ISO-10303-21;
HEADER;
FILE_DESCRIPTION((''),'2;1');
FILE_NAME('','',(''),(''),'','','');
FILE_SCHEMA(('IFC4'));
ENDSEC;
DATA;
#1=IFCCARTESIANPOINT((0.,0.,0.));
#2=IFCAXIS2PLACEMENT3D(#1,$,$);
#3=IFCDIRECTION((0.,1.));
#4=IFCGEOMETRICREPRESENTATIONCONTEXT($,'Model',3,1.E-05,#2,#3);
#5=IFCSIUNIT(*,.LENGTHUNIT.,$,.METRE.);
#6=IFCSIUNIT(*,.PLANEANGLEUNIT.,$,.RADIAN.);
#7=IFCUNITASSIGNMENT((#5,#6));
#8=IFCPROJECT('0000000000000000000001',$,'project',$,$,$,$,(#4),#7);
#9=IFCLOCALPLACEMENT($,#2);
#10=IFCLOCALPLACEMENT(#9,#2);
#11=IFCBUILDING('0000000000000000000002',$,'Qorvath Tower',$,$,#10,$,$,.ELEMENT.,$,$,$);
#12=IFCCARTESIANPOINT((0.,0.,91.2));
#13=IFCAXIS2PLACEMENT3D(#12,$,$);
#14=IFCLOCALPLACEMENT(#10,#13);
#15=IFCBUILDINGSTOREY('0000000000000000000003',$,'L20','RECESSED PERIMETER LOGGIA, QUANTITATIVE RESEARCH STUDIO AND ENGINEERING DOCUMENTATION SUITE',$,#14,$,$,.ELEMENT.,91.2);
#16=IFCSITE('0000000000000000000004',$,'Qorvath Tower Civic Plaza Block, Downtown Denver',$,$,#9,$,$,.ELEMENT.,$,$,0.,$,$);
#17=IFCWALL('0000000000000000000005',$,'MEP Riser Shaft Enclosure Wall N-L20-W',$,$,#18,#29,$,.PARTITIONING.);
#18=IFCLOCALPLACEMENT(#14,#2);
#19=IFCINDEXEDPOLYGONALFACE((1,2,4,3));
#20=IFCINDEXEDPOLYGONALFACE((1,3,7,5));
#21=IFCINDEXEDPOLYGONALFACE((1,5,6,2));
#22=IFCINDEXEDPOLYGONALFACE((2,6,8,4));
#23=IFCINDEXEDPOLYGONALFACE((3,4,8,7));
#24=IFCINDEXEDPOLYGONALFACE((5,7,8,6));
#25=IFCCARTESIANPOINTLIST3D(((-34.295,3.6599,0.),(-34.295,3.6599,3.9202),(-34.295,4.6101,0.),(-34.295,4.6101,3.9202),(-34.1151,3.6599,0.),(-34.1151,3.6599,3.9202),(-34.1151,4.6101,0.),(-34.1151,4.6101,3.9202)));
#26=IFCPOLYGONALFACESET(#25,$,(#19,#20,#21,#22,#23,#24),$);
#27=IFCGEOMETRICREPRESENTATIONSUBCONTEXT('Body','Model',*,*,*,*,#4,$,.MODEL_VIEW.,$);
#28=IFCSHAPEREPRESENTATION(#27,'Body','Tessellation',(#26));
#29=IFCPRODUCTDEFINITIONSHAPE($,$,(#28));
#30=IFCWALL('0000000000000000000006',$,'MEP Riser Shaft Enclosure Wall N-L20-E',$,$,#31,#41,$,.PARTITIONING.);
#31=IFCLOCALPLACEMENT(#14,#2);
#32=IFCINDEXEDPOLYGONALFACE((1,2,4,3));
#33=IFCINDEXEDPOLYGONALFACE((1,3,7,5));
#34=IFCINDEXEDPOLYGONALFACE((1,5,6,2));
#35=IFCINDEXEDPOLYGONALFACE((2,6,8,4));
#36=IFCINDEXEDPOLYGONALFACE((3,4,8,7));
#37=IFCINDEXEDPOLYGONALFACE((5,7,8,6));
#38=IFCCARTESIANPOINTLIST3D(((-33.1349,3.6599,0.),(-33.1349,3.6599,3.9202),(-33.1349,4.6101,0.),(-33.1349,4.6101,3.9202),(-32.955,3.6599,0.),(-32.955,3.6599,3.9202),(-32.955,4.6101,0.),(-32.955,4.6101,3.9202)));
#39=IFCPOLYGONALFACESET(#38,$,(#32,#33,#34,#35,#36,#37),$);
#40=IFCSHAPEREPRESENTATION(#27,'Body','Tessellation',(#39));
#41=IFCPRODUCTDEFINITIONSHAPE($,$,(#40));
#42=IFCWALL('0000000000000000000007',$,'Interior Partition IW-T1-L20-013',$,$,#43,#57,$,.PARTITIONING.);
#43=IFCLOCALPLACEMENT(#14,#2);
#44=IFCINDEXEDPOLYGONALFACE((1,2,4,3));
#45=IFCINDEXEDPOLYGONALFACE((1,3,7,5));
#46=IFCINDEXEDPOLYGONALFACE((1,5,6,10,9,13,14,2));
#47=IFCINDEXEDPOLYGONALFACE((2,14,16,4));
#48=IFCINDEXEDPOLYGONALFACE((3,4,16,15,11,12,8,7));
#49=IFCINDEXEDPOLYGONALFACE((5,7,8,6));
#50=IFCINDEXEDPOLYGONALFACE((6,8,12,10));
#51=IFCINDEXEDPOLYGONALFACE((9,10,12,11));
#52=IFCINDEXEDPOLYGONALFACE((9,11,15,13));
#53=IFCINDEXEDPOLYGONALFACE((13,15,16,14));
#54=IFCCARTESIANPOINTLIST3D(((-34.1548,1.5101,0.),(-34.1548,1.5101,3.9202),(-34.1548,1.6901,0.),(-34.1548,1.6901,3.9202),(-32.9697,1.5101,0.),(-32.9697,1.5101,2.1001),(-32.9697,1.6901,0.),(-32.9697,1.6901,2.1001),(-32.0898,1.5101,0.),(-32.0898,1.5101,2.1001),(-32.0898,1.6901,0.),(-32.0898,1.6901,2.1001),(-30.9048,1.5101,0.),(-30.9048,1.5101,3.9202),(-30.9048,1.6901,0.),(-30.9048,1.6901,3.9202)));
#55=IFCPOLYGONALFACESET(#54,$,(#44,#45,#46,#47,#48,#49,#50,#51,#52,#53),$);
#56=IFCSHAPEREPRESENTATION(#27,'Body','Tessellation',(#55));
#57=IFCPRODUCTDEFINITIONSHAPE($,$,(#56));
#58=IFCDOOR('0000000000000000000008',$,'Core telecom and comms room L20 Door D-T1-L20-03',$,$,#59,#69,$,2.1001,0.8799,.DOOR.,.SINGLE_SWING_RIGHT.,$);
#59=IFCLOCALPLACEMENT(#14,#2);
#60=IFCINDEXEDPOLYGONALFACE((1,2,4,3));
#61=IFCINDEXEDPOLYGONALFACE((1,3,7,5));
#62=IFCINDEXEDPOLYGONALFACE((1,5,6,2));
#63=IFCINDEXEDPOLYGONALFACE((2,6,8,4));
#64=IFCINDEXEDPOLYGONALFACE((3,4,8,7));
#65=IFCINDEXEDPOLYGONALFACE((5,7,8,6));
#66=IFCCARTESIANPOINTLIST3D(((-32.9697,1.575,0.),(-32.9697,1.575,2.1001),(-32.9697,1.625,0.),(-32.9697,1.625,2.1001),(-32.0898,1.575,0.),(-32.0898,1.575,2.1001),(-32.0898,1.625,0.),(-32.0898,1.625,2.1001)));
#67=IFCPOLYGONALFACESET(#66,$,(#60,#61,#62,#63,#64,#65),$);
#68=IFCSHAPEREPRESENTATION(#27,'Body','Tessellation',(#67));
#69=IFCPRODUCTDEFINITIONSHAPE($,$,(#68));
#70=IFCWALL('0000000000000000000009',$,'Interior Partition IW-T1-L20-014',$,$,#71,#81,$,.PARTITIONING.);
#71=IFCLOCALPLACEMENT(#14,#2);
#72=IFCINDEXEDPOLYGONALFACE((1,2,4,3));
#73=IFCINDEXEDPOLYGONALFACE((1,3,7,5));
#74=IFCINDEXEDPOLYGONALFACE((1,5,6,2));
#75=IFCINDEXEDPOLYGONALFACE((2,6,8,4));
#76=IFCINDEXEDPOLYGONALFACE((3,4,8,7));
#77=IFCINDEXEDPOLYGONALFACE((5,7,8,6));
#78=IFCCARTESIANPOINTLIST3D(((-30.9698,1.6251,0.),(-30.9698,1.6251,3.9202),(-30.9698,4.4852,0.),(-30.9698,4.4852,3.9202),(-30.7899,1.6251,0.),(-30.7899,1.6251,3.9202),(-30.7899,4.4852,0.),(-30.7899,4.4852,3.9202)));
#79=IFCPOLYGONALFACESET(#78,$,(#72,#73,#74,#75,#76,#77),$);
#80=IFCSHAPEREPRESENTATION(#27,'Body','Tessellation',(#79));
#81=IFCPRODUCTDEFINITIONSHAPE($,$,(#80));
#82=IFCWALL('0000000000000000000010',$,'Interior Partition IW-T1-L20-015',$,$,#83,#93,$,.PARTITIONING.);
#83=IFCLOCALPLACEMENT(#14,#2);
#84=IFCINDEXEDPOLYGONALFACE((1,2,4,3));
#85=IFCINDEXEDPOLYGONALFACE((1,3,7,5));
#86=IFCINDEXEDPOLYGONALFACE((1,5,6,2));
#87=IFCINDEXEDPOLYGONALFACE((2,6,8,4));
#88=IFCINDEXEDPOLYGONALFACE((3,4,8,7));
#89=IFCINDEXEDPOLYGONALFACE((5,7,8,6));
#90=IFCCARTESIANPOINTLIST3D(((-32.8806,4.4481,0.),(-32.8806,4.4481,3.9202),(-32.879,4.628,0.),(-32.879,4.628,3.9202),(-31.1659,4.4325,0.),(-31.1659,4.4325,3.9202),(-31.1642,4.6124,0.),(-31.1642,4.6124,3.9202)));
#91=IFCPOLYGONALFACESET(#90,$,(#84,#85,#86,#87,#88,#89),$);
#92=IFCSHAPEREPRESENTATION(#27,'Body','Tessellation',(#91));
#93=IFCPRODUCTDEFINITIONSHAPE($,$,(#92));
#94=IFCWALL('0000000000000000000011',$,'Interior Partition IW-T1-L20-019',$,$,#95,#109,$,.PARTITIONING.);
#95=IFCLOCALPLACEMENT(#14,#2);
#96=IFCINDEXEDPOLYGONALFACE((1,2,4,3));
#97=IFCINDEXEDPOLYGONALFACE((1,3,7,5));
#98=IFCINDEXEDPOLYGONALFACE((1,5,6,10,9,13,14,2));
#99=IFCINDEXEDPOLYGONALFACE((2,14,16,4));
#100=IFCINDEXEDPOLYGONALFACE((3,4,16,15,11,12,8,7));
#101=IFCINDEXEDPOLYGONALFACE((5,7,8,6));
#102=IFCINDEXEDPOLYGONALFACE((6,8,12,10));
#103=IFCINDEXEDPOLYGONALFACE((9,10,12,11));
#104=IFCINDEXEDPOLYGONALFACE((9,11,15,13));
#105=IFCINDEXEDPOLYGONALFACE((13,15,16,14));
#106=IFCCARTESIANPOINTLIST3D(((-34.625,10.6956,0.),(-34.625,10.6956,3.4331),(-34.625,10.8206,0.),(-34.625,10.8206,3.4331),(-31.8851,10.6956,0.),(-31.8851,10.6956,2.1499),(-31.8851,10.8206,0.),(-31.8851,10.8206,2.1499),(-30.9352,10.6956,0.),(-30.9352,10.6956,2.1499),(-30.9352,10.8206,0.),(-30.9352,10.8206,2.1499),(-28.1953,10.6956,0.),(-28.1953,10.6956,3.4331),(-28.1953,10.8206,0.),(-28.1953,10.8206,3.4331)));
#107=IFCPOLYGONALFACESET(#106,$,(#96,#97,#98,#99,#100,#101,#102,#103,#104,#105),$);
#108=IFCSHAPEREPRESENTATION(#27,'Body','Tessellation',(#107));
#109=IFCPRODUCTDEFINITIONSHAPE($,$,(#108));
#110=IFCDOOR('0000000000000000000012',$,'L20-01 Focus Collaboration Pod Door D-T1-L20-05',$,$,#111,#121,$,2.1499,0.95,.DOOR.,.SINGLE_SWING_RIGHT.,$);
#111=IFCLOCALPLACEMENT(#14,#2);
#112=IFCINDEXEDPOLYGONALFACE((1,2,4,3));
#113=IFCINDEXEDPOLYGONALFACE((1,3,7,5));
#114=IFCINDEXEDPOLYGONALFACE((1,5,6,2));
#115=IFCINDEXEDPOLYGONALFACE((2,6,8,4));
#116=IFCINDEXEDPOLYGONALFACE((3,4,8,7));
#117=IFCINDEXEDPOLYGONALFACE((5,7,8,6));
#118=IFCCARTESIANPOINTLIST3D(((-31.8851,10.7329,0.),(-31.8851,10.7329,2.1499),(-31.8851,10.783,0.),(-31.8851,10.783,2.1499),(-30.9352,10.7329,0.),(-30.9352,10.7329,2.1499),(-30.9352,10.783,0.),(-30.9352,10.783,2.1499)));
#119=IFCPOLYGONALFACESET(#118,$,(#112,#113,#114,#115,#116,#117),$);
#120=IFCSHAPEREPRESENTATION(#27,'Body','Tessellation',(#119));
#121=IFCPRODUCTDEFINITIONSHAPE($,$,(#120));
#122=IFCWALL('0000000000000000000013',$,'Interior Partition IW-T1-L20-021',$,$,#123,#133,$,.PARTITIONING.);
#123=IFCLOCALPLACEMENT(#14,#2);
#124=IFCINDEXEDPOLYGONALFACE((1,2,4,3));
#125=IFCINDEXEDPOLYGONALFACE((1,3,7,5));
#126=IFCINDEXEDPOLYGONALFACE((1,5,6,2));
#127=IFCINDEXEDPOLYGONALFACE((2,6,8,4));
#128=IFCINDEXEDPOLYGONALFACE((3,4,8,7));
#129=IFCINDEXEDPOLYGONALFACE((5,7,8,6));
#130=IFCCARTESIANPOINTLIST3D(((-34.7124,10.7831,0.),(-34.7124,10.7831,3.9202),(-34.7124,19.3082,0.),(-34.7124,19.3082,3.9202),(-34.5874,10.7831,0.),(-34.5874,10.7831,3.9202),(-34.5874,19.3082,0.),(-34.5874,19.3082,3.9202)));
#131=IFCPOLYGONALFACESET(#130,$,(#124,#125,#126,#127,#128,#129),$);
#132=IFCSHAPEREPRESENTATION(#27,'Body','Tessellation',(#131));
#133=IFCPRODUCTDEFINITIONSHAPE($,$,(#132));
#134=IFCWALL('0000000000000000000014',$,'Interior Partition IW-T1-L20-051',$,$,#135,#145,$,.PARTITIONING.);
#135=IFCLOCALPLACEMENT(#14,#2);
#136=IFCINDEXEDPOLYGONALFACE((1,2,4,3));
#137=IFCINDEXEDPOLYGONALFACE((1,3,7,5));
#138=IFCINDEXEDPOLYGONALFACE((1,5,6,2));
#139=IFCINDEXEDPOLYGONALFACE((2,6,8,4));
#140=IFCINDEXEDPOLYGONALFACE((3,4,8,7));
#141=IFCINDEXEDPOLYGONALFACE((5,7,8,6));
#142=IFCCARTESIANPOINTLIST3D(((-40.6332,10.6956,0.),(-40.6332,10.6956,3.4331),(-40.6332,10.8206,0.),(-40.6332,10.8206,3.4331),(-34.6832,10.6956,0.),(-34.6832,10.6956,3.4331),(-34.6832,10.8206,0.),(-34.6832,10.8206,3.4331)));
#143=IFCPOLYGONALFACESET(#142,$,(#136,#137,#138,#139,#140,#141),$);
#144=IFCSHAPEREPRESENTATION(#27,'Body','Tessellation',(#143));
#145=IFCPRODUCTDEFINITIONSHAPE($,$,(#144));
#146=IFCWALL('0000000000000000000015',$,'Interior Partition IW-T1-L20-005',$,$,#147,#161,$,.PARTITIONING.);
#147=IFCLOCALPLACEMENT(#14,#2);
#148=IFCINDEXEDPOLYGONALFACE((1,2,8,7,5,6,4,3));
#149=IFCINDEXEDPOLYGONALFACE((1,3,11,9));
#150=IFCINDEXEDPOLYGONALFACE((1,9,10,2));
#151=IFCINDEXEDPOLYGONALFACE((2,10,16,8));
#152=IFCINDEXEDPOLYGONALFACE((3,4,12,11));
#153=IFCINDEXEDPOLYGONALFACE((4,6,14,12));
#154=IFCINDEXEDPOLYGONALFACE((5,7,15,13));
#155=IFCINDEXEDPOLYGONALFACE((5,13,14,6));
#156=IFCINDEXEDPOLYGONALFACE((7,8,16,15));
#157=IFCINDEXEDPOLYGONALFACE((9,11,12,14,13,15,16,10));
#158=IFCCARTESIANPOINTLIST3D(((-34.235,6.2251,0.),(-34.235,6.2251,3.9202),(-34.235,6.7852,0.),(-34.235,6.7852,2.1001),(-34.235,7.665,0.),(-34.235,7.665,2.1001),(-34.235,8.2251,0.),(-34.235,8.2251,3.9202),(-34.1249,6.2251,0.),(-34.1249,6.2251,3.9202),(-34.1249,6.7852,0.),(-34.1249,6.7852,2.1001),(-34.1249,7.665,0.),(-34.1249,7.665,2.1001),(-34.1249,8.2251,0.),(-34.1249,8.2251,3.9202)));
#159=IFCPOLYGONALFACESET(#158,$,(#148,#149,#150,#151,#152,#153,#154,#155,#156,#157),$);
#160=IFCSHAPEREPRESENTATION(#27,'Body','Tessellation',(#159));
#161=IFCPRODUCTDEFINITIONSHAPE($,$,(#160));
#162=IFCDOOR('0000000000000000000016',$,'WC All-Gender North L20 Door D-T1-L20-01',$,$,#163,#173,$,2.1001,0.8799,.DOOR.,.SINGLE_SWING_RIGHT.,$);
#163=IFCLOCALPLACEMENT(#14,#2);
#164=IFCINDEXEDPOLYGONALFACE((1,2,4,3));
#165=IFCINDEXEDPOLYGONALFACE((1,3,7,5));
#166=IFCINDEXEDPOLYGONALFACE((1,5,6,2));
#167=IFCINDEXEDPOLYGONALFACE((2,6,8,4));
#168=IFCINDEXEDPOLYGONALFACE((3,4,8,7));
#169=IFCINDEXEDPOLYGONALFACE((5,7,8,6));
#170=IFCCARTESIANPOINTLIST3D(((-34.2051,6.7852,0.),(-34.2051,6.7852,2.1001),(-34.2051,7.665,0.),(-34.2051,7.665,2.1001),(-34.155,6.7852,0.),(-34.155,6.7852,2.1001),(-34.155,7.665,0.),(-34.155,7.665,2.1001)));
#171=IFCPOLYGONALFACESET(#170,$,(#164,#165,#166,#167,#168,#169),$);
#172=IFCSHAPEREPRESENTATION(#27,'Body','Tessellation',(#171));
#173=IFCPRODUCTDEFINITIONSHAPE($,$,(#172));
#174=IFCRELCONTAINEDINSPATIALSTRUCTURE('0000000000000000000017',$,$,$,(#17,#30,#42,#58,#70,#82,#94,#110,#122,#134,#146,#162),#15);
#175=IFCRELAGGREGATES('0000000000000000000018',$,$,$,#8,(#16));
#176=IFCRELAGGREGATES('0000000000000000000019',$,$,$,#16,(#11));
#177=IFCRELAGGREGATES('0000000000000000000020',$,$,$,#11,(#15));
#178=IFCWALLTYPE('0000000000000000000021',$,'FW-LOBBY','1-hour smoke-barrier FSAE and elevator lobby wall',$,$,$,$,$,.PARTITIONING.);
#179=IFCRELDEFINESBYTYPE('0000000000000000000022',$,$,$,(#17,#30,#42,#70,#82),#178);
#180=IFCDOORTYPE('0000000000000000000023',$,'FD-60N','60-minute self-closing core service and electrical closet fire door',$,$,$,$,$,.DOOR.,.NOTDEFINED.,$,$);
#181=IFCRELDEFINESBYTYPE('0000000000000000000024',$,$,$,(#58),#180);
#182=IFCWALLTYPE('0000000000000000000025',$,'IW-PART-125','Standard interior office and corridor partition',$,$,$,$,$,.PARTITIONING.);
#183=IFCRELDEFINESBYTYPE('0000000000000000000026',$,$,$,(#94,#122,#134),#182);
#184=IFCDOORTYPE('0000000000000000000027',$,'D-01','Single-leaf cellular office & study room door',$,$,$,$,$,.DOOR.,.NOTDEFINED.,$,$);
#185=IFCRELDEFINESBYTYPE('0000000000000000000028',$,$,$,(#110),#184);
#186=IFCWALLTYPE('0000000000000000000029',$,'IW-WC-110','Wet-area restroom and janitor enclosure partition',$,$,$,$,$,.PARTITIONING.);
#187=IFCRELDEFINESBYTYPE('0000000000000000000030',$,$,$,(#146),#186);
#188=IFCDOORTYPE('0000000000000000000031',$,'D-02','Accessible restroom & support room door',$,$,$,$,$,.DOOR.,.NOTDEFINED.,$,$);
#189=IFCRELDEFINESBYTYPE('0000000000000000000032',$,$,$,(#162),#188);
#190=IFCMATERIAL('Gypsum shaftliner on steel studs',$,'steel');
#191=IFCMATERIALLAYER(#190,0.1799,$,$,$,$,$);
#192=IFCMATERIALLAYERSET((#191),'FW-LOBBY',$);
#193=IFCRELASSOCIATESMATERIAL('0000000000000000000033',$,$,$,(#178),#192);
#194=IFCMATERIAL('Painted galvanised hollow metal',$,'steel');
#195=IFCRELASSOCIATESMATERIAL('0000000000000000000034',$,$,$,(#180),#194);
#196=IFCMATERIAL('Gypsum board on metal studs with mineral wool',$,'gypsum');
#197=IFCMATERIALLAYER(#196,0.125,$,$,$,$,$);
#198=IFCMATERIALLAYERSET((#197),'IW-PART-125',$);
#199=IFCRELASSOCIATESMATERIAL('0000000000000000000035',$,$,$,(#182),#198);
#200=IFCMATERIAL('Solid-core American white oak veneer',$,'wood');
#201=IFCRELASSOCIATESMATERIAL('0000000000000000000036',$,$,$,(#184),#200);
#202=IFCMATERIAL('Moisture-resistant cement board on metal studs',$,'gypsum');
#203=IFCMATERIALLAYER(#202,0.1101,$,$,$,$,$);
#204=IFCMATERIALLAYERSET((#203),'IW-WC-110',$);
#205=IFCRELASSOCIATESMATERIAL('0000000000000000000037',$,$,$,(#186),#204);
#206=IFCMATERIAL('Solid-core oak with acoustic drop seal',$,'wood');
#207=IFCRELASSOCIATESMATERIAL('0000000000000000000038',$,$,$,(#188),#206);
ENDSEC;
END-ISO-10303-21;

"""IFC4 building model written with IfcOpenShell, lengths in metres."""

from ifc_helpers import new_model, si_unit, direction, frame, frame_2d, origin, place, context, subcontext, project, spatial, rectangle, extrude, material, layer, layer_set, type_object, element, fill, save


model = new_model("IFC4")

# Units and contexts
model_context = context("Model", 3, precision=1e-05, world=origin(), true_north=direction((0.0, 1.0)))
body_context = subcontext(model_context, "Body", "Model", "MODEL_VIEW")
ifc_project = project(units=[si_unit("LENGTHUNIT", "METRE"), si_unit("PLANEANGLEUNIT", "RADIAN")], contexts=[model_context])

# Site, building, storey
site_placement = place(None, origin())
site = spatial("IfcSite", under=ifc_project, at=site_placement, Name="Qorvath Tower Civic Plaza Block, Downtown Denver", CompositionType="ELEMENT", RefElevation=0.0)
building_placement = place(site_placement, origin())
building = spatial("IfcBuilding", under=site, at=building_placement, Name="Qorvath Tower", CompositionType="ELEMENT")
storey_placement = place(building_placement, frame((0.0, 0.0, 91.2)))
storey = spatial("IfcBuildingStorey", under=building, at=storey_placement, Name="L20", Description="RECESSED PERIMETER LOGGIA, QUANTITATIVE RESEARCH STUDIO AND ENGINEERING DOCUMENTATION SUITE", CompositionType="ELEMENT", Elevation=91.2)

# Walls
ifc_material_1 = material(Name="Gypsum shaftliner on steel studs", Category="steel")
ifc_layer_1 = layer(ifc_material_1, 0.1799)
ifc_layer_set_1 = layer_set([ifc_layer_1], Name="FW-LOBBY")
wall_type_1 = type_object("IfcWallType", Name="FW-LOBBY", Description="1-hour smoke-barrier FSAE and elevator lobby wall", PredefinedType="PARTITIONING", material=ifc_layer_set_1)
for number, where, z_axis, x_axis, name in (
    (1, (-34.2051, 3.6599, 0.0), (0.0, 0.0, 1.0), (0.0, 1.0, 0.0), "MEP Riser Shaft Enclosure Wall N-L20-W"),
    (2, (-33.0449, 4.6101, 0.0), (0.0, 0.0, 1.0), (0.0, -1.0, 0.0), "MEP Riser Shaft Enclosure Wall N-L20-E"),
):
    element("IfcWall", number, at=place(storey_placement, frame(where, z_axis=z_axis, x_axis=x_axis)), inside=storey, type_object=wall_type_1, Name=name, PredefinedType="PARTITIONING", context=body_context, shape_type="SweptSolid", body=[
        extrude(rectangle(XDim=0.9502, YDim=0.1799, at=frame_2d((0.4751, 0.0))), origin(), (0.0, 0.0, 1.0), 3.9202),
    ])

# Wall, opening, door
wall_1_placement = place(storey_placement, frame((-34.1548, 1.6001, 0.0), z_axis=(0.0, 0.0, 1.0), x_axis=(1.0, 0.0, 0.0)))
wall_1 = element("IfcWall", 3, at=wall_1_placement, inside=storey, type_object=wall_type_1, Name="Interior Partition IW-T1-L20-013", PredefinedType="PARTITIONING", context=body_context, shape_type="SweptSolid", body=[
    extrude(rectangle(XDim=3.25, YDim=0.1799, at=frame_2d((1.625, 0.0))), origin(), (0.0, 0.0, 1.0), 3.9202),
])
opening_1_placement = place(wall_1_placement, frame((1.1851, 0.0, 0.0)))
opening_1 = element("IfcOpeningElement", 4, at=opening_1_placement, cuts=wall_1, PredefinedType="OPENING", context=body_context, shape_type="SweptSolid", body=[
    extrude(rectangle(XDim=0.8799, YDim=2.1001, at=frame_2d((0.4399, 1.05))), frame((0.0, 0.1001, 0.0), z_axis=(0.0, -1.0, 0.0), x_axis=(1.0, 0.0, 0.0)), (0.0, 0.0, 1.0), 0.2),
])
ifc_material_2 = material(Name="Painted galvanised hollow metal", Category="steel")
door_type_1 = type_object("IfcDoorType", Name="FD-60N", Description="60-minute self-closing core service and electrical closet fire door", OperationType="NOTDEFINED", PredefinedType="DOOR", material=ifc_material_2)
door_1_placement = place(opening_1_placement, origin())
door_1 = element("IfcDoor", 5, at=door_1_placement, inside=storey, type_object=door_type_1, Name="Core telecom and comms room L20 Door D-T1-L20-03", OperationType="SINGLE_SWING_RIGHT", OverallHeight=2.1001, OverallWidth=0.8799, PredefinedType="DOOR", context=body_context, shape_type="SweptSolid", body=[
    extrude(rectangle(XDim=0.8799, YDim=2.1001, at=frame_2d((0.4399, 1.05))), frame((0.0, 0.0249, 0.0), z_axis=(0.0, -1.0, 0.0), x_axis=(1.0, 0.0, 0.0)), (0.0, 0.0, 1.0), 0.05),
])
fill(opening_1, door_1)

# Walls
wall_2_placement = place(storey_placement, frame((-30.8799, 1.625, 0.0), z_axis=(0.0, 0.0, 1.0), x_axis=(0.0, 1.0, 0.0)))
element("IfcWall", 6, at=wall_2_placement, inside=storey, type_object=wall_type_1, Name="Interior Partition IW-T1-L20-014", PredefinedType="PARTITIONING", context=body_context, shape_type="SweptSolid", body=[
    extrude(rectangle(XDim=2.8601, YDim=0.1799, at=frame_2d((1.4302, 0.0))), origin(), (0.0, 0.0, 1.0), 3.9202),
])
wall_3_placement = place(storey_placement, frame((-31.165, 4.5225, 0.0), z_axis=(0.0, 0.0, 1.0), x_axis=(-0.999958, 0.009111, 0.0)))
element("IfcWall", 7, at=wall_3_placement, inside=storey, type_object=wall_type_1, Name="Interior Partition IW-T1-L20-015", PredefinedType="PARTITIONING", context=body_context, shape_type="SweptSolid", body=[
    extrude(rectangle(XDim=1.7148, YDim=0.1799, at=frame_2d((0.8574, 0.0))), origin(), (0.0, 0.0, 1.0), 3.9202),
])

# Wall, opening, door
ifc_material_3 = material(Name="Gypsum board on metal studs with mineral wool", Category="gypsum")
ifc_layer_2 = layer(ifc_material_3, 0.125)
ifc_layer_set_2 = layer_set([ifc_layer_2], Name="IW-PART-125")
wall_type_2 = type_object("IfcWallType", Name="IW-PART-125", Description="Standard interior office and corridor partition", PredefinedType="PARTITIONING", material=ifc_layer_set_2)
wall_4_placement = place(storey_placement, frame((-34.625, 10.7581, 0.0), z_axis=(0.0, 0.0, 1.0), x_axis=(1.0, 0.0, 0.0)))
wall_4 = element("IfcWall", 8, at=wall_4_placement, inside=storey, type_object=wall_type_2, Name="Interior Partition IW-T1-L20-019", PredefinedType="PARTITIONING", context=body_context, shape_type="SweptSolid", body=[
    extrude(rectangle(XDim=6.4297, YDim=0.125, at=frame_2d((3.2148, 0.0))), origin(), (0.0, 0.0, 1.0), 3.4331),
])
opening_2_placement = place(wall_4_placement, frame((2.7397, 0.0, 0.0)))
opening_2 = element("IfcOpeningElement", 9, at=opening_2_placement, cuts=wall_4, PredefinedType="OPENING", context=body_context, shape_type="SweptSolid", body=[
    extrude(rectangle(XDim=0.95, YDim=2.1499, at=frame_2d((0.4751, 1.075))), frame((0.0, 0.0725, 0.0), z_axis=(0.0, -1.0, 0.0), x_axis=(1.0, 0.0, 0.0)), (0.0, 0.0, 1.0), 0.145),
])
ifc_material_4 = material(Name="Solid-core American white oak veneer", Category="wood")
door_type_2 = type_object("IfcDoorType", Name="D-01", Description="Single-leaf cellular office & study room door", OperationType="NOTDEFINED", PredefinedType="DOOR", material=ifc_material_4)
door_2_placement = place(opening_2_placement, origin())
door_2 = element("IfcDoor", 10, at=door_2_placement, inside=storey, type_object=door_type_2, Name="L20-01 Focus Collaboration Pod Door D-T1-L20-05", OperationType="SINGLE_SWING_RIGHT", OverallHeight=2.1499, OverallWidth=0.95, PredefinedType="DOOR", context=body_context, shape_type="SweptSolid", body=[
    extrude(rectangle(XDim=0.95, YDim=2.1499, at=frame_2d((0.4751, 1.075))), frame((0.0, 0.0249, 0.0), z_axis=(0.0, -1.0, 0.0), x_axis=(1.0, 0.0, 0.0)), (0.0, 0.0, 1.0), 0.05),
])
fill(opening_2, door_2)

# Walls
wall_5_placement = place(storey_placement, frame((-34.6499, 19.3083, 0.0), z_axis=(0.0, 0.0, 1.0), x_axis=(0.0, -1.0, 0.0)))
element("IfcWall", 11, at=wall_5_placement, inside=storey, type_object=wall_type_2, Name="Interior Partition IW-T1-L20-021", PredefinedType="PARTITIONING", context=body_context, shape_type="SweptSolid", body=[
    extrude(rectangle(XDim=8.5251, YDim=0.125, at=frame_2d((4.2627, 0.0))), origin(), (0.0, 0.0, 1.0), 3.9202),
])
wall_6_placement = place(storey_placement, frame((-34.6831, 10.7581, 0.0), z_axis=(0.0, 0.0, 1.0), x_axis=(-1.0, 0.0, 0.0)))
element("IfcWall", 12, at=wall_6_placement, inside=storey, type_object=wall_type_2, Name="Interior Partition IW-T1-L20-051", PredefinedType="PARTITIONING", context=body_context, shape_type="SweptSolid", body=[
    extrude(rectangle(XDim=5.95, YDim=0.125, at=frame_2d((2.9751, 0.0))), origin(), (0.0, 0.0, 1.0), 3.4331),
])

# Wall, opening, door
ifc_material_5 = material(Name="Moisture-resistant cement board on metal studs", Category="gypsum")
ifc_layer_3 = layer(ifc_material_5, 0.1101)
ifc_layer_set_3 = layer_set([ifc_layer_3], Name="IW-WC-110")
wall_type_3 = type_object("IfcWallType", Name="IW-WC-110", Description="Wet-area restroom and janitor enclosure partition", PredefinedType="PARTITIONING", material=ifc_layer_set_3)
wall_7_placement = place(storey_placement, frame((-34.1799, 8.2251, 0.0), z_axis=(0.0, 0.0, 1.0), x_axis=(0.0, -1.0, 0.0)))
wall_7 = element("IfcWall", 13, at=wall_7_placement, inside=storey, type_object=wall_type_3, Name="Interior Partition IW-T1-L20-005", PredefinedType="PARTITIONING", context=body_context, shape_type="SweptSolid", body=[
    extrude(rectangle(XDim=2.0, YDim=0.1101, at=frame_2d((1.0, 0.0))), origin(), (0.0, 0.0, 1.0), 3.9202),
])
opening_3_placement = place(wall_7_placement, frame((0.5601, 0.0, 0.0)))
opening_3 = element("IfcOpeningElement", 14, at=opening_3_placement, cuts=wall_7, PredefinedType="OPENING", context=body_context, shape_type="SweptSolid", body=[
    extrude(rectangle(XDim=0.8799, YDim=2.1001, at=frame_2d((0.4399, 1.05))), frame((0.0, 0.0649, 0.0), z_axis=(0.0, -1.0, 0.0), x_axis=(1.0, 0.0, 0.0)), (0.0, 0.0, 1.0), 0.1301),
])
ifc_material_6 = material(Name="Solid-core oak with acoustic drop seal", Category="wood")
door_type_3 = type_object("IfcDoorType", Name="D-02", Description="Accessible restroom & support room door", OperationType="NOTDEFINED", PredefinedType="DOOR", material=ifc_material_6)
door_3_placement = place(opening_3_placement, origin())
door_3 = element("IfcDoor", 15, at=door_3_placement, inside=storey, type_object=door_type_3, Name="WC All-Gender North L20 Door D-T1-L20-01", OperationType="SINGLE_SWING_RIGHT", OverallHeight=2.1001, OverallWidth=0.8799, PredefinedType="DOOR", context=body_context, shape_type="SweptSolid", body=[
    extrude(rectangle(XDim=0.8799, YDim=2.1001, at=frame_2d((0.4399, 1.05))), frame((0.0, 0.0249, 0.0), z_axis=(0.0, -1.0, 0.0), x_axis=(1.0, 0.0, 0.0)), (0.0, 0.0, 1.0), 0.05),
])
fill(opening_3, door_3)

save(model, "model.ifc")
